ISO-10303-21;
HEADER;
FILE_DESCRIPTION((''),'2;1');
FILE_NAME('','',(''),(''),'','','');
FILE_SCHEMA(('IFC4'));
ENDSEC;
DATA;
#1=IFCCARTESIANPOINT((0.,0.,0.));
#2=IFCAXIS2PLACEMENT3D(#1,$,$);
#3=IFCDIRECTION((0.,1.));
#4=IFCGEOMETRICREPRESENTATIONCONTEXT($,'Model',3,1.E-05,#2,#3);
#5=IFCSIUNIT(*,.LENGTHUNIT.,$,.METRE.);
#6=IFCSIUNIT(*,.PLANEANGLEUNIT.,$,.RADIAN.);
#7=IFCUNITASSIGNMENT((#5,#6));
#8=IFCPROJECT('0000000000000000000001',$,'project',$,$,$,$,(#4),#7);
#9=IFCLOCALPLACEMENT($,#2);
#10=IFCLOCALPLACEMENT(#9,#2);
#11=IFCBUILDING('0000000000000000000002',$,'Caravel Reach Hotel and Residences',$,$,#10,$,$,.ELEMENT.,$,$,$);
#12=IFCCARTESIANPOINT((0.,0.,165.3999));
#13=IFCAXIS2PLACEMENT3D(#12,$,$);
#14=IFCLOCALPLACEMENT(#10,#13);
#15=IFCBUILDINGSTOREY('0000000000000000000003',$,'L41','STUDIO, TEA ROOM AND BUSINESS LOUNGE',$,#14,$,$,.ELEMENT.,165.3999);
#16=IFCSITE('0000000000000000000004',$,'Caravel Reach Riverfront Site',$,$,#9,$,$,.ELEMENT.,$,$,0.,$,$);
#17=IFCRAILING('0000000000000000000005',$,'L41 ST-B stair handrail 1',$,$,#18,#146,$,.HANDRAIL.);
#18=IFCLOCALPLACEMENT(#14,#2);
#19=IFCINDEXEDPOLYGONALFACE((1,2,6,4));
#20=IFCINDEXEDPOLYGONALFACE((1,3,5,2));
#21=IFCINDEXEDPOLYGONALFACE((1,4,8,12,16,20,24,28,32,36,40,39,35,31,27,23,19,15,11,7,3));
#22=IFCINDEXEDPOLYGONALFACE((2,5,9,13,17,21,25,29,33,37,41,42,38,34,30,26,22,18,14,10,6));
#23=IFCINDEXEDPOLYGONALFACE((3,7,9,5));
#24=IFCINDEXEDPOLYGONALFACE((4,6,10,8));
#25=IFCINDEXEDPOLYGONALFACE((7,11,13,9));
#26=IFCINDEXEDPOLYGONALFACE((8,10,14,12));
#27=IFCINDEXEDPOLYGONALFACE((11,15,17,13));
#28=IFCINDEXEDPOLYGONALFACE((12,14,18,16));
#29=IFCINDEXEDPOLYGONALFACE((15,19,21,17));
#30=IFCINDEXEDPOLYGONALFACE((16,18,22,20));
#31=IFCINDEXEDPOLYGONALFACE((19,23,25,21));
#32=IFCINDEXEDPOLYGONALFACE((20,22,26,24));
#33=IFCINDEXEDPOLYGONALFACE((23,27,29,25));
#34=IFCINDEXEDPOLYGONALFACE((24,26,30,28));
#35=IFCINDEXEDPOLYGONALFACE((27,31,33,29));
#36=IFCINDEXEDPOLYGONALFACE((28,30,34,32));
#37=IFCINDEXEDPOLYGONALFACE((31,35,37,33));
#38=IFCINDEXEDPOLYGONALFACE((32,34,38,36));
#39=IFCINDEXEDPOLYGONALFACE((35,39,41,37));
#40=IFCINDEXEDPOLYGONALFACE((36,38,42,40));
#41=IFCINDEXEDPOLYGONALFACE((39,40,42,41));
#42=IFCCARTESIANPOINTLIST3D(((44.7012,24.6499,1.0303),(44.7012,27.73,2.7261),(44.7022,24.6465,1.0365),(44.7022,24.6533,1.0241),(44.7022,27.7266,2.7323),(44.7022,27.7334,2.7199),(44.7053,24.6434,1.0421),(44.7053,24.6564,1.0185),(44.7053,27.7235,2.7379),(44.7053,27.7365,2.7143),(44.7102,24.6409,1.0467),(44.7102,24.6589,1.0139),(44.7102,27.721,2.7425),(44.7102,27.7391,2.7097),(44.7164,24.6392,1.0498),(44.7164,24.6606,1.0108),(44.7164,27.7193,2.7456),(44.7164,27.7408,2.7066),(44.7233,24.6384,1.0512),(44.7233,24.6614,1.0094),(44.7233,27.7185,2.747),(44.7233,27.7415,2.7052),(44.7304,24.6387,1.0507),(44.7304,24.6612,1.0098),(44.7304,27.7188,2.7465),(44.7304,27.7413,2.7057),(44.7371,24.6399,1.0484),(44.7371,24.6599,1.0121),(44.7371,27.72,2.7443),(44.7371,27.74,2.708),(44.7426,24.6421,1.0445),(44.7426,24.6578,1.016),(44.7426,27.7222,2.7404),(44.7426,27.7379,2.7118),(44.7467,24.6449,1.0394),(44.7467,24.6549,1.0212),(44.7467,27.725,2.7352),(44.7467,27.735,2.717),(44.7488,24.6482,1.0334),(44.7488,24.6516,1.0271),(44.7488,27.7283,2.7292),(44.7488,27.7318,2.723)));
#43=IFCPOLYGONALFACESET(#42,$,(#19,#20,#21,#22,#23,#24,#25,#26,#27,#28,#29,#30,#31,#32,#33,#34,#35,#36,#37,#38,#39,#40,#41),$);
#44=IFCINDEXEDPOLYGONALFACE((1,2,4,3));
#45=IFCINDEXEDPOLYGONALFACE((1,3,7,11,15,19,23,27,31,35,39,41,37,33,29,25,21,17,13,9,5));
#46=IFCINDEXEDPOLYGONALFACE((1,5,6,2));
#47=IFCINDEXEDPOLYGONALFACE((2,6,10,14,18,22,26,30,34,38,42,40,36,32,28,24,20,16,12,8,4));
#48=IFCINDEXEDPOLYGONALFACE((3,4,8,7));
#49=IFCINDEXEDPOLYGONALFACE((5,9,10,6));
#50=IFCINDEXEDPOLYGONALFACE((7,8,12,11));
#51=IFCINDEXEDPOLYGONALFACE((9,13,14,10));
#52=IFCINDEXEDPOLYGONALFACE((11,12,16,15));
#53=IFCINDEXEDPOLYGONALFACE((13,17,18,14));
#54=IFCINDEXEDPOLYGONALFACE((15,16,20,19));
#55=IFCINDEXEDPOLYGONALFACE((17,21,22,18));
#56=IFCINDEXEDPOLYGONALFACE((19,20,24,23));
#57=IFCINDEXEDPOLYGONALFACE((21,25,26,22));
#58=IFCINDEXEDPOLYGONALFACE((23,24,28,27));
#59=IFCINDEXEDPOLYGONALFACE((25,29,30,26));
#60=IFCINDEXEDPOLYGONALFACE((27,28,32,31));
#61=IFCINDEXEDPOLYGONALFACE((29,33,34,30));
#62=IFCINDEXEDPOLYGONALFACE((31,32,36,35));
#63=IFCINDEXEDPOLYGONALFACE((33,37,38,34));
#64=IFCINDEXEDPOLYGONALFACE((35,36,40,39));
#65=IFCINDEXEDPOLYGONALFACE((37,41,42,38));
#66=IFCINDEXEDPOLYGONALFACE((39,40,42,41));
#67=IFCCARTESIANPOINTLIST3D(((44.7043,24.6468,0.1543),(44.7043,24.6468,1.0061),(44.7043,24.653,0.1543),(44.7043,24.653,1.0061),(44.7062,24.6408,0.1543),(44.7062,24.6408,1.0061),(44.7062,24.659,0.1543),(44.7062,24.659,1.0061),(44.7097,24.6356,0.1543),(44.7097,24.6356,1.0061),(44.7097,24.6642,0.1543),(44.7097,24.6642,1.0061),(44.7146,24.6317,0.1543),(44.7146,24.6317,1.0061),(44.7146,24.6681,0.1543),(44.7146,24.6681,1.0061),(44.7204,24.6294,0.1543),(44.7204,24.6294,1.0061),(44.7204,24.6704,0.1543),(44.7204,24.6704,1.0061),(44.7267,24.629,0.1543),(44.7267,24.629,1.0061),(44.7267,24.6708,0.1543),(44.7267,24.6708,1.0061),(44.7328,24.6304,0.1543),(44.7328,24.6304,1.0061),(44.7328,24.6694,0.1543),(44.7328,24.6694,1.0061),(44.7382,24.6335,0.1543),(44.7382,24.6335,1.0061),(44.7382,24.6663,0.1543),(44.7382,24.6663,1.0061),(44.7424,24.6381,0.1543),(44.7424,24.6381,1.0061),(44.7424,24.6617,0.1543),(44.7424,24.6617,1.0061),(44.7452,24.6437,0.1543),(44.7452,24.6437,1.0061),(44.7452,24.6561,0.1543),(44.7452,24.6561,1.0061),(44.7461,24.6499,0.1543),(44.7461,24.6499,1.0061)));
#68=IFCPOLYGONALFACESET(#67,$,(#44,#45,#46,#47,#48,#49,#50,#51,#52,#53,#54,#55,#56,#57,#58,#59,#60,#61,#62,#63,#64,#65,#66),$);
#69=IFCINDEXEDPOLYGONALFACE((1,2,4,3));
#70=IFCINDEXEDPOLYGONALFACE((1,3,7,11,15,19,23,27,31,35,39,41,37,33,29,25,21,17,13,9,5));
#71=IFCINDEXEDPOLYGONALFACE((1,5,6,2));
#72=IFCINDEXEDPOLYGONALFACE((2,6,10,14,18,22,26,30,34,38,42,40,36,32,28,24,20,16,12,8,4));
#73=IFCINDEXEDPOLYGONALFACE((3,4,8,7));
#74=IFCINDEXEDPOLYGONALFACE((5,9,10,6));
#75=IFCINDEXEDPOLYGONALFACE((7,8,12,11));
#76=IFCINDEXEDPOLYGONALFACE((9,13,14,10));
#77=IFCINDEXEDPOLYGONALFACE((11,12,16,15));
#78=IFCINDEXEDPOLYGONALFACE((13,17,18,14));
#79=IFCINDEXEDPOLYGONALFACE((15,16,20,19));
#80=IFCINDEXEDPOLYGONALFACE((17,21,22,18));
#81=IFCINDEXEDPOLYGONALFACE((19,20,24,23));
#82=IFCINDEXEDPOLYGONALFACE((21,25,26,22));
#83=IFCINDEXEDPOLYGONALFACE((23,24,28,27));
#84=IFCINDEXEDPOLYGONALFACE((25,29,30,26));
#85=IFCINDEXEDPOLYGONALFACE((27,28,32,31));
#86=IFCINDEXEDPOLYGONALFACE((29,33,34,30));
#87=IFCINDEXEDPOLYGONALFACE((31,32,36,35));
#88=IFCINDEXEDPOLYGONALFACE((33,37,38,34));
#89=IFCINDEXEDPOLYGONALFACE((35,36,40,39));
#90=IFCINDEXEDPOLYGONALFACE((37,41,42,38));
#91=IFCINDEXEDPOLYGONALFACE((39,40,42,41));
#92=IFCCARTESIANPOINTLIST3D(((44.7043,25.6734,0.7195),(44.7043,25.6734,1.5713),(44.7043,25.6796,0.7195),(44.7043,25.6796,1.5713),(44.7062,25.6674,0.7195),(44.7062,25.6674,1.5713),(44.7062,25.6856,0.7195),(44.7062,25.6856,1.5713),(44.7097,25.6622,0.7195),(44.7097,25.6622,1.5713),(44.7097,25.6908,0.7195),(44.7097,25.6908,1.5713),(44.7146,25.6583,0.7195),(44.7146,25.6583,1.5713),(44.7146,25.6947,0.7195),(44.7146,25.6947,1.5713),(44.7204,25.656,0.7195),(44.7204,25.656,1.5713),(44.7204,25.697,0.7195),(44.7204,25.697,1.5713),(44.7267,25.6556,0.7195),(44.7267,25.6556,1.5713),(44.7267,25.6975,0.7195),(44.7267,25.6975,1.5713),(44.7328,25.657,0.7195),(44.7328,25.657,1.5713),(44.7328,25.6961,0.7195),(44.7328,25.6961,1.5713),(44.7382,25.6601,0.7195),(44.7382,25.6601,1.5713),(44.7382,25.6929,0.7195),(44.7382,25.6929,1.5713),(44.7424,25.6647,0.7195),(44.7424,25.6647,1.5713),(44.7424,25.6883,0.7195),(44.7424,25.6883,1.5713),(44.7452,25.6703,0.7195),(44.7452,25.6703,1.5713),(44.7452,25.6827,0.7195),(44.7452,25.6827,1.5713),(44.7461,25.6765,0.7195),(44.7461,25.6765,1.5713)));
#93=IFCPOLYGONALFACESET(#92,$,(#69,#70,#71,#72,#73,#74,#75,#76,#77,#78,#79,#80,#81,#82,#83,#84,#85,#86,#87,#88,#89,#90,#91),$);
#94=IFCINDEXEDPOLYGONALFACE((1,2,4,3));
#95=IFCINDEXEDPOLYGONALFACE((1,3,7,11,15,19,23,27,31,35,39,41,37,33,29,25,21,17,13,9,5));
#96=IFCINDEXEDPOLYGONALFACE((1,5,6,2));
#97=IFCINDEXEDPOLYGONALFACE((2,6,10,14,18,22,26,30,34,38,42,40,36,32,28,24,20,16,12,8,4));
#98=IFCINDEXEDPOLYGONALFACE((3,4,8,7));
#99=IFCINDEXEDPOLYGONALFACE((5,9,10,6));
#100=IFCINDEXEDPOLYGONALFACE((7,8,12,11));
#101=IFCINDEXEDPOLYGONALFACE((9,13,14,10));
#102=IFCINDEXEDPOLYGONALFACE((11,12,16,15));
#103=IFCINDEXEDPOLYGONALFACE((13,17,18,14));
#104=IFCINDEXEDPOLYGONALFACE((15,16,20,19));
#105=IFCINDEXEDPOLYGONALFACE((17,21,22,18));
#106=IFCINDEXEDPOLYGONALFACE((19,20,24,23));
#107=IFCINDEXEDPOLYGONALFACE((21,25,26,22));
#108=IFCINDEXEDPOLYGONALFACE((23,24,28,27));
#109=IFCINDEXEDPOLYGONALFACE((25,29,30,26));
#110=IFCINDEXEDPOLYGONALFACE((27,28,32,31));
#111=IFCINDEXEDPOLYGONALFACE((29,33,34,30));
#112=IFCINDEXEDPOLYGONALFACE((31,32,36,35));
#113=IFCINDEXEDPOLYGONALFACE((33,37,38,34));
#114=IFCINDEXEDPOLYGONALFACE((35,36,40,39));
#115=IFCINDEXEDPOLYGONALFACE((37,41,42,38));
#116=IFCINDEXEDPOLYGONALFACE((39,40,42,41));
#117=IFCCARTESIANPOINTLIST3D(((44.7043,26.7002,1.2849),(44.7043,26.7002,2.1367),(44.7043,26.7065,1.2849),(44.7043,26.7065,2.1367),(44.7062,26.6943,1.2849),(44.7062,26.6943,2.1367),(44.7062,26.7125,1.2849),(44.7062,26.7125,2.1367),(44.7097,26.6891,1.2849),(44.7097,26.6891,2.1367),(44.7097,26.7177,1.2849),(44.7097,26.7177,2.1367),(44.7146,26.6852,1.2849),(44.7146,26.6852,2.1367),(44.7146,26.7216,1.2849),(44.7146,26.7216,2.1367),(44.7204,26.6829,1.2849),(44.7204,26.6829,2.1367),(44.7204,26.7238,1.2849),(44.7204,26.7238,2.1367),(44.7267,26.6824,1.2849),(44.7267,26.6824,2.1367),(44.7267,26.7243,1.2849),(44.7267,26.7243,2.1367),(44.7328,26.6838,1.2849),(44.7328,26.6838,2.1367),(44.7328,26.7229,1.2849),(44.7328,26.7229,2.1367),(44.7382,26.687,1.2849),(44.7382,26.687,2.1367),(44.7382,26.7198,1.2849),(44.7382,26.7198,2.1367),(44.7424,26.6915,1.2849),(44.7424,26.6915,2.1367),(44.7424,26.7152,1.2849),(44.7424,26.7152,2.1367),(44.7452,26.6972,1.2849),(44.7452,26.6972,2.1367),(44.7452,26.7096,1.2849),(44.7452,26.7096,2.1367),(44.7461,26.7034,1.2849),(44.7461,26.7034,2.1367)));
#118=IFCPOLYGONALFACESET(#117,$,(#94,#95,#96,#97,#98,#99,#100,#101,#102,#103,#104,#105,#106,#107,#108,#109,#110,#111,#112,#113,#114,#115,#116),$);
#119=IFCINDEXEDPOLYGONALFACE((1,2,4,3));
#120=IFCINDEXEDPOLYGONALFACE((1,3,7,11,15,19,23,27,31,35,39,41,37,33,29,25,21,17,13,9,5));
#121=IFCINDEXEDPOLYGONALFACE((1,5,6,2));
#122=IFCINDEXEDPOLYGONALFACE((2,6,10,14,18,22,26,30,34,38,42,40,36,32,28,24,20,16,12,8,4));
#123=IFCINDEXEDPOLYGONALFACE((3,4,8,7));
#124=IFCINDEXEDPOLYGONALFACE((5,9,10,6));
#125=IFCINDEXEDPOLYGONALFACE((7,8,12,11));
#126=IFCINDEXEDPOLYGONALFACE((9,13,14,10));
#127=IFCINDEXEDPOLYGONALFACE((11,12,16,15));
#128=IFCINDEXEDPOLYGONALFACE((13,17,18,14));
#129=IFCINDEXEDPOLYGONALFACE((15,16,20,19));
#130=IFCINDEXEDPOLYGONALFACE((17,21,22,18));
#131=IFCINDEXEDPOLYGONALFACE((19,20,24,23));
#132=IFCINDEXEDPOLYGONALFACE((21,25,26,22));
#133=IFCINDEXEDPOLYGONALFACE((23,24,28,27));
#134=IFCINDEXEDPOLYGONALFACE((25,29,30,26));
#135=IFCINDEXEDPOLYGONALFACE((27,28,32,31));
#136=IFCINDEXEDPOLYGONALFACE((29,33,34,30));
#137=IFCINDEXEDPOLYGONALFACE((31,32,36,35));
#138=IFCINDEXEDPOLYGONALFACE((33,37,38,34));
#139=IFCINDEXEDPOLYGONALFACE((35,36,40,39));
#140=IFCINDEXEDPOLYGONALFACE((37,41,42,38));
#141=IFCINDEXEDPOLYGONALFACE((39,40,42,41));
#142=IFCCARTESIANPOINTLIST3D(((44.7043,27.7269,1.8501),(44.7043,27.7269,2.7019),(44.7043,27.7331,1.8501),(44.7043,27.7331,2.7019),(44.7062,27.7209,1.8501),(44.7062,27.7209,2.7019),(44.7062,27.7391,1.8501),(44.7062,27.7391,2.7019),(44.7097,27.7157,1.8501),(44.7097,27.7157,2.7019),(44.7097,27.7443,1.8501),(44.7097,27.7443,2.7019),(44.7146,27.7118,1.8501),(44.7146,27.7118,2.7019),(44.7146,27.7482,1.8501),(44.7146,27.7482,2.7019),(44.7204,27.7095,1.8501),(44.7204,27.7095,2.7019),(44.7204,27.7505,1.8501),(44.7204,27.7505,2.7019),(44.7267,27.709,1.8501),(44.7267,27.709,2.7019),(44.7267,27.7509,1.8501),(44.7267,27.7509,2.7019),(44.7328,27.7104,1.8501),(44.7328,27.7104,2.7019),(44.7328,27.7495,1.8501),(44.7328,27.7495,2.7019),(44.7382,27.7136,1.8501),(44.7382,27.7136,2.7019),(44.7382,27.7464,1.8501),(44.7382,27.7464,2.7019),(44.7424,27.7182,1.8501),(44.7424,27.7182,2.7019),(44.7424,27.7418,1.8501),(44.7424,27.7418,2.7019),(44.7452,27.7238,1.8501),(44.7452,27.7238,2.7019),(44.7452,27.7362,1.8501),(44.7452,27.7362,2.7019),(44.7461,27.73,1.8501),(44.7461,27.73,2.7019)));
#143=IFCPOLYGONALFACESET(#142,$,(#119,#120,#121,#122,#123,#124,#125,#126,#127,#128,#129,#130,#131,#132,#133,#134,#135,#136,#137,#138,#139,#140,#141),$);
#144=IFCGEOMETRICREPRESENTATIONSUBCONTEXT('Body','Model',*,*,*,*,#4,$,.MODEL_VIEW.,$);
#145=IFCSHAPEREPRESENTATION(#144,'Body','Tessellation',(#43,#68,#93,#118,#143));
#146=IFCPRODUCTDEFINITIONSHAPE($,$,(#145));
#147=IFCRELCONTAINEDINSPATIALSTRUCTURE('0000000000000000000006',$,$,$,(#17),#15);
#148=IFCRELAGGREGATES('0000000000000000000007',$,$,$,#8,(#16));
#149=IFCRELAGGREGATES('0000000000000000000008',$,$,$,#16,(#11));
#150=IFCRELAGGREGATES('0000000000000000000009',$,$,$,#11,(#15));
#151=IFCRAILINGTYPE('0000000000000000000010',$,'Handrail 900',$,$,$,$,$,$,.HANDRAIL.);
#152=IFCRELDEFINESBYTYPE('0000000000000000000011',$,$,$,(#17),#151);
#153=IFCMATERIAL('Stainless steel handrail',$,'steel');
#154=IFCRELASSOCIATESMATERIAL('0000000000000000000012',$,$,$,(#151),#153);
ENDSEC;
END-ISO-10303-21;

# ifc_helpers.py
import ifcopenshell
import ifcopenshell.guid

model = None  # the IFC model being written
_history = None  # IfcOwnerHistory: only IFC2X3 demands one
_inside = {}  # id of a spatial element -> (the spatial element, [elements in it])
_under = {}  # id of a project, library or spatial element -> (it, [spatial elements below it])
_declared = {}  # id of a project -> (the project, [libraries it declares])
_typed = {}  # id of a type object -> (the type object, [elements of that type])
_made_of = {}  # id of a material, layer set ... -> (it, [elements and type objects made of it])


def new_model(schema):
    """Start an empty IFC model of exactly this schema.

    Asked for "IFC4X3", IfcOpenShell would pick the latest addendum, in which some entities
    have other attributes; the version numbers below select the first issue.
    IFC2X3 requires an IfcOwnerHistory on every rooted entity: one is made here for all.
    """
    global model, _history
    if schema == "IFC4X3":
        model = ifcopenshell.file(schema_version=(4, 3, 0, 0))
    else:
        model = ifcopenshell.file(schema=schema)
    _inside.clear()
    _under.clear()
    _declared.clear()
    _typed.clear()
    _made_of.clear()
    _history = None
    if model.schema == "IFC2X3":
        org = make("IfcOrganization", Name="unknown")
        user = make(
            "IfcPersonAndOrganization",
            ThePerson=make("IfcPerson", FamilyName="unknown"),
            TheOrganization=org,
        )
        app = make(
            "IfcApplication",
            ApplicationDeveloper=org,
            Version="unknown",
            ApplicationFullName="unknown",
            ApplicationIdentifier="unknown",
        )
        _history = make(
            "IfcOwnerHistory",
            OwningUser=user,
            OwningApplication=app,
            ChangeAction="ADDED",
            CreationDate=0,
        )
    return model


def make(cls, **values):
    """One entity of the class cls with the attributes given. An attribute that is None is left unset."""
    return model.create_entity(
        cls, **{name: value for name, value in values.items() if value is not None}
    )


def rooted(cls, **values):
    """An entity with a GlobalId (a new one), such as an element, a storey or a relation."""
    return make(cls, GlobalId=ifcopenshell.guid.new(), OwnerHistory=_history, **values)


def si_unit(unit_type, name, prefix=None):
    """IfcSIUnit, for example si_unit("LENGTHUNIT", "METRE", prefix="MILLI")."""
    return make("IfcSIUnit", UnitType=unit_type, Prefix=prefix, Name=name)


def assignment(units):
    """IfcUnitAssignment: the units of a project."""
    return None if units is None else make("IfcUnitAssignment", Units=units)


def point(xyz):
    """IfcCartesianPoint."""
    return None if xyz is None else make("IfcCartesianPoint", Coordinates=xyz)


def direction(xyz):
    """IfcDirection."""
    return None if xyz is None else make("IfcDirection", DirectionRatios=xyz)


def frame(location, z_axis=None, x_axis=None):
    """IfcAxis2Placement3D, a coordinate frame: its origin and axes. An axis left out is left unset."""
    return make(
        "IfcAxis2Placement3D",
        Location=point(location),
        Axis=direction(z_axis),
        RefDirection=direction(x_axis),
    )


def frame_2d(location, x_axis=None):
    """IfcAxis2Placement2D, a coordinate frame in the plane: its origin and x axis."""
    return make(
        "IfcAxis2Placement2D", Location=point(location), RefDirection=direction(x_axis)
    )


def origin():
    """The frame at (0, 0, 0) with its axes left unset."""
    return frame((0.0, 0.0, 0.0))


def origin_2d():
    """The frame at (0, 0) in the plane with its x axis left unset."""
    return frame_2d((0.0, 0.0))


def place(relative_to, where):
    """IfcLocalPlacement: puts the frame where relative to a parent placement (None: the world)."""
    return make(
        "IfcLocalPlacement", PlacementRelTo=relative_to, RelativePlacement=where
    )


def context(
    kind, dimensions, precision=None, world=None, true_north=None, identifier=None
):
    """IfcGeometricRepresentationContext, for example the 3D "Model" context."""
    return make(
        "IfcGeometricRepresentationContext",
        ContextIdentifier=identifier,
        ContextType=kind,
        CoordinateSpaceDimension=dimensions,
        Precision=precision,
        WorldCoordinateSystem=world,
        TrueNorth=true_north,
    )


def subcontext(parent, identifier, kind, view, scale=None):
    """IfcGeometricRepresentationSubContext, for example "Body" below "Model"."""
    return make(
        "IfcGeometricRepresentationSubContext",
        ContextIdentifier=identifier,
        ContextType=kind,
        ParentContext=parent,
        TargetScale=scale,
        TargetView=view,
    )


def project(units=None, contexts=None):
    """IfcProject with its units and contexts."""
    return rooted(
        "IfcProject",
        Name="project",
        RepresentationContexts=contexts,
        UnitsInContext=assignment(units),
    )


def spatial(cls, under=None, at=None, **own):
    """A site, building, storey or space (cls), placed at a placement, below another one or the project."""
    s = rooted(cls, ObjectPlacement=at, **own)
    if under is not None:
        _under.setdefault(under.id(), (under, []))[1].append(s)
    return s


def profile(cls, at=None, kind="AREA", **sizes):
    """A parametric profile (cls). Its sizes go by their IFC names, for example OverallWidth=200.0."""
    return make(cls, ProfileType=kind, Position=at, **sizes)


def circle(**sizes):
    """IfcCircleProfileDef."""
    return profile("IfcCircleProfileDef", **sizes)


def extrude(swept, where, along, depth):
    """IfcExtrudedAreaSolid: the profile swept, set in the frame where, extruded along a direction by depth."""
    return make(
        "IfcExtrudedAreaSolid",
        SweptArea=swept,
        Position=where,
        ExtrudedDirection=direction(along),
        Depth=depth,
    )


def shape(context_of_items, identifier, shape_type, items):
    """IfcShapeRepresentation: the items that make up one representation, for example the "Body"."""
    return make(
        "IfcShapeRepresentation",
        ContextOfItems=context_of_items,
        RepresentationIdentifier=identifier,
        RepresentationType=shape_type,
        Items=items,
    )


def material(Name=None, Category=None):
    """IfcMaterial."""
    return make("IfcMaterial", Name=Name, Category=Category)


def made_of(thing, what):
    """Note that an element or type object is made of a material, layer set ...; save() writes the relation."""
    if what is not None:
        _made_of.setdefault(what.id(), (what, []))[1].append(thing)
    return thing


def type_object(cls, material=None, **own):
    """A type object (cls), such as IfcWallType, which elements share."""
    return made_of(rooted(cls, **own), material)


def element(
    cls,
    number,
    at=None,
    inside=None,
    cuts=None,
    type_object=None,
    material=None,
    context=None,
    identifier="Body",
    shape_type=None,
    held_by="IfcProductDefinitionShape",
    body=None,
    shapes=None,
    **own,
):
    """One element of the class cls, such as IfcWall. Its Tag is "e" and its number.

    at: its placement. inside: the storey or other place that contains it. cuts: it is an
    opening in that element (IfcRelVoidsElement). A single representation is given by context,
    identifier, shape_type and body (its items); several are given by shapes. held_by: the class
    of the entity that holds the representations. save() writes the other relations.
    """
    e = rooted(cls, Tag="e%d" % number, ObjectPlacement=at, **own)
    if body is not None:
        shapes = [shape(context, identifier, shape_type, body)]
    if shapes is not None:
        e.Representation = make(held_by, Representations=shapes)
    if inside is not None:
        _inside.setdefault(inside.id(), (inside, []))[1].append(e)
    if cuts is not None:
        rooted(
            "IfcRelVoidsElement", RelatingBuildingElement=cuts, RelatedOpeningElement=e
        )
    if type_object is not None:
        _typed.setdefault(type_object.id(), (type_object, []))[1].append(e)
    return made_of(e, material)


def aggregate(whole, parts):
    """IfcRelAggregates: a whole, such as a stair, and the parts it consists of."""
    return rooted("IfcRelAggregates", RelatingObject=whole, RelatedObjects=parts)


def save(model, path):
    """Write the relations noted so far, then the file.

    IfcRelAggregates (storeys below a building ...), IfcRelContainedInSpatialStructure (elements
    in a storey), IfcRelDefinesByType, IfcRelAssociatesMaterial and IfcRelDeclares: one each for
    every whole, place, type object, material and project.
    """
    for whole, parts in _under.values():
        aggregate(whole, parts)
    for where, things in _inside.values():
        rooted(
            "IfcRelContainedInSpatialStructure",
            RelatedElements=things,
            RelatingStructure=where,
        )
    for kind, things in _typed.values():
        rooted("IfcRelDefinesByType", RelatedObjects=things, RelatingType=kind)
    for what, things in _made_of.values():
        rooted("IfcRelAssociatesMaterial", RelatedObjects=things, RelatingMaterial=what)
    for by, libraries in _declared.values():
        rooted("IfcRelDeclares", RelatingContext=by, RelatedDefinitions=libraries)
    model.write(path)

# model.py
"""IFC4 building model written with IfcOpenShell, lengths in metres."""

from ifc_helpers import new_model, si_unit, direction, frame, origin, origin_2d, place, context, subcontext, project, spatial, circle, extrude, material, type_object, element, save


model = new_model("IFC4")

# Units and contexts
model_context = context("Model", 3, precision=1e-05, world=origin(), true_north=direction((0.0, 1.0)))
body_context = subcontext(model_context, "Body", "Model", "MODEL_VIEW")
ifc_project = project(units=[si_unit("LENGTHUNIT", "METRE"), si_unit("PLANEANGLEUNIT", "RADIAN")], contexts=[model_context])

# Site, building, storey
site_placement = place(None, origin())
site = spatial("IfcSite", under=ifc_project, at=site_placement, Name="Caravel Reach Riverfront Site", CompositionType="ELEMENT", RefElevation=0.0)
building_placement = place(site_placement, origin())
building = spatial("IfcBuilding", under=site, at=building_placement, Name="Caravel Reach Hotel and Residences", CompositionType="ELEMENT")
storey_placement = place(building_placement, frame((0.0, 0.0, 165.3999)))
storey = spatial("IfcBuildingStorey", under=building, at=storey_placement, Name="L41", Description="STUDIO, TEA ROOM AND BUSINESS LOUNGE", CompositionType="ELEMENT", Elevation=165.3999)

# Railing
ifc_material_1 = material(Name="Stainless steel handrail", Category="steel")
railing_type_1 = type_object("IfcRailingType", Name="Handrail 900", PredefinedType="HANDRAIL", material=ifc_material_1)
railing_1_placement = place(storey_placement, frame((44.7251, 24.6499, 0.1543)))
element("IfcRailing", 1, at=railing_1_placement, inside=storey, type_object=railing_type_1, Name="L41 ST-B stair handrail 1", PredefinedType="HANDRAIL", context=body_context, shape_type="SweptSolid", body=[
    extrude(circle(Radius=0.0239, at=origin_2d()), frame((0.0, 0.0, 0.876), z_axis=(0.0, 0.876005, 0.482303), x_axis=(-1.0, 0.0, 0.0)), (0.0, 0.0, 1.0), 3.5161),
    extrude(circle(Radius=0.021, at=origin_2d()), origin(), (0.0, 0.0, 1.0), 0.8518),
    extrude(circle(Radius=0.021, at=origin_2d()), frame((0.0, 1.0266, 0.5652)), (0.0, 0.0, 1.0), 0.8518),
    extrude(circle(Radius=0.021, at=origin_2d()), frame((0.0, 2.0535, 1.1306)), (0.0, 0.0, 1.0), 0.8518),
    extrude(circle(Radius=0.021, at=origin_2d()), frame((0.0, 3.0801, 1.6958)), (0.0, 0.0, 1.0), 0.8518),
])

save(model, "model.ifc")
